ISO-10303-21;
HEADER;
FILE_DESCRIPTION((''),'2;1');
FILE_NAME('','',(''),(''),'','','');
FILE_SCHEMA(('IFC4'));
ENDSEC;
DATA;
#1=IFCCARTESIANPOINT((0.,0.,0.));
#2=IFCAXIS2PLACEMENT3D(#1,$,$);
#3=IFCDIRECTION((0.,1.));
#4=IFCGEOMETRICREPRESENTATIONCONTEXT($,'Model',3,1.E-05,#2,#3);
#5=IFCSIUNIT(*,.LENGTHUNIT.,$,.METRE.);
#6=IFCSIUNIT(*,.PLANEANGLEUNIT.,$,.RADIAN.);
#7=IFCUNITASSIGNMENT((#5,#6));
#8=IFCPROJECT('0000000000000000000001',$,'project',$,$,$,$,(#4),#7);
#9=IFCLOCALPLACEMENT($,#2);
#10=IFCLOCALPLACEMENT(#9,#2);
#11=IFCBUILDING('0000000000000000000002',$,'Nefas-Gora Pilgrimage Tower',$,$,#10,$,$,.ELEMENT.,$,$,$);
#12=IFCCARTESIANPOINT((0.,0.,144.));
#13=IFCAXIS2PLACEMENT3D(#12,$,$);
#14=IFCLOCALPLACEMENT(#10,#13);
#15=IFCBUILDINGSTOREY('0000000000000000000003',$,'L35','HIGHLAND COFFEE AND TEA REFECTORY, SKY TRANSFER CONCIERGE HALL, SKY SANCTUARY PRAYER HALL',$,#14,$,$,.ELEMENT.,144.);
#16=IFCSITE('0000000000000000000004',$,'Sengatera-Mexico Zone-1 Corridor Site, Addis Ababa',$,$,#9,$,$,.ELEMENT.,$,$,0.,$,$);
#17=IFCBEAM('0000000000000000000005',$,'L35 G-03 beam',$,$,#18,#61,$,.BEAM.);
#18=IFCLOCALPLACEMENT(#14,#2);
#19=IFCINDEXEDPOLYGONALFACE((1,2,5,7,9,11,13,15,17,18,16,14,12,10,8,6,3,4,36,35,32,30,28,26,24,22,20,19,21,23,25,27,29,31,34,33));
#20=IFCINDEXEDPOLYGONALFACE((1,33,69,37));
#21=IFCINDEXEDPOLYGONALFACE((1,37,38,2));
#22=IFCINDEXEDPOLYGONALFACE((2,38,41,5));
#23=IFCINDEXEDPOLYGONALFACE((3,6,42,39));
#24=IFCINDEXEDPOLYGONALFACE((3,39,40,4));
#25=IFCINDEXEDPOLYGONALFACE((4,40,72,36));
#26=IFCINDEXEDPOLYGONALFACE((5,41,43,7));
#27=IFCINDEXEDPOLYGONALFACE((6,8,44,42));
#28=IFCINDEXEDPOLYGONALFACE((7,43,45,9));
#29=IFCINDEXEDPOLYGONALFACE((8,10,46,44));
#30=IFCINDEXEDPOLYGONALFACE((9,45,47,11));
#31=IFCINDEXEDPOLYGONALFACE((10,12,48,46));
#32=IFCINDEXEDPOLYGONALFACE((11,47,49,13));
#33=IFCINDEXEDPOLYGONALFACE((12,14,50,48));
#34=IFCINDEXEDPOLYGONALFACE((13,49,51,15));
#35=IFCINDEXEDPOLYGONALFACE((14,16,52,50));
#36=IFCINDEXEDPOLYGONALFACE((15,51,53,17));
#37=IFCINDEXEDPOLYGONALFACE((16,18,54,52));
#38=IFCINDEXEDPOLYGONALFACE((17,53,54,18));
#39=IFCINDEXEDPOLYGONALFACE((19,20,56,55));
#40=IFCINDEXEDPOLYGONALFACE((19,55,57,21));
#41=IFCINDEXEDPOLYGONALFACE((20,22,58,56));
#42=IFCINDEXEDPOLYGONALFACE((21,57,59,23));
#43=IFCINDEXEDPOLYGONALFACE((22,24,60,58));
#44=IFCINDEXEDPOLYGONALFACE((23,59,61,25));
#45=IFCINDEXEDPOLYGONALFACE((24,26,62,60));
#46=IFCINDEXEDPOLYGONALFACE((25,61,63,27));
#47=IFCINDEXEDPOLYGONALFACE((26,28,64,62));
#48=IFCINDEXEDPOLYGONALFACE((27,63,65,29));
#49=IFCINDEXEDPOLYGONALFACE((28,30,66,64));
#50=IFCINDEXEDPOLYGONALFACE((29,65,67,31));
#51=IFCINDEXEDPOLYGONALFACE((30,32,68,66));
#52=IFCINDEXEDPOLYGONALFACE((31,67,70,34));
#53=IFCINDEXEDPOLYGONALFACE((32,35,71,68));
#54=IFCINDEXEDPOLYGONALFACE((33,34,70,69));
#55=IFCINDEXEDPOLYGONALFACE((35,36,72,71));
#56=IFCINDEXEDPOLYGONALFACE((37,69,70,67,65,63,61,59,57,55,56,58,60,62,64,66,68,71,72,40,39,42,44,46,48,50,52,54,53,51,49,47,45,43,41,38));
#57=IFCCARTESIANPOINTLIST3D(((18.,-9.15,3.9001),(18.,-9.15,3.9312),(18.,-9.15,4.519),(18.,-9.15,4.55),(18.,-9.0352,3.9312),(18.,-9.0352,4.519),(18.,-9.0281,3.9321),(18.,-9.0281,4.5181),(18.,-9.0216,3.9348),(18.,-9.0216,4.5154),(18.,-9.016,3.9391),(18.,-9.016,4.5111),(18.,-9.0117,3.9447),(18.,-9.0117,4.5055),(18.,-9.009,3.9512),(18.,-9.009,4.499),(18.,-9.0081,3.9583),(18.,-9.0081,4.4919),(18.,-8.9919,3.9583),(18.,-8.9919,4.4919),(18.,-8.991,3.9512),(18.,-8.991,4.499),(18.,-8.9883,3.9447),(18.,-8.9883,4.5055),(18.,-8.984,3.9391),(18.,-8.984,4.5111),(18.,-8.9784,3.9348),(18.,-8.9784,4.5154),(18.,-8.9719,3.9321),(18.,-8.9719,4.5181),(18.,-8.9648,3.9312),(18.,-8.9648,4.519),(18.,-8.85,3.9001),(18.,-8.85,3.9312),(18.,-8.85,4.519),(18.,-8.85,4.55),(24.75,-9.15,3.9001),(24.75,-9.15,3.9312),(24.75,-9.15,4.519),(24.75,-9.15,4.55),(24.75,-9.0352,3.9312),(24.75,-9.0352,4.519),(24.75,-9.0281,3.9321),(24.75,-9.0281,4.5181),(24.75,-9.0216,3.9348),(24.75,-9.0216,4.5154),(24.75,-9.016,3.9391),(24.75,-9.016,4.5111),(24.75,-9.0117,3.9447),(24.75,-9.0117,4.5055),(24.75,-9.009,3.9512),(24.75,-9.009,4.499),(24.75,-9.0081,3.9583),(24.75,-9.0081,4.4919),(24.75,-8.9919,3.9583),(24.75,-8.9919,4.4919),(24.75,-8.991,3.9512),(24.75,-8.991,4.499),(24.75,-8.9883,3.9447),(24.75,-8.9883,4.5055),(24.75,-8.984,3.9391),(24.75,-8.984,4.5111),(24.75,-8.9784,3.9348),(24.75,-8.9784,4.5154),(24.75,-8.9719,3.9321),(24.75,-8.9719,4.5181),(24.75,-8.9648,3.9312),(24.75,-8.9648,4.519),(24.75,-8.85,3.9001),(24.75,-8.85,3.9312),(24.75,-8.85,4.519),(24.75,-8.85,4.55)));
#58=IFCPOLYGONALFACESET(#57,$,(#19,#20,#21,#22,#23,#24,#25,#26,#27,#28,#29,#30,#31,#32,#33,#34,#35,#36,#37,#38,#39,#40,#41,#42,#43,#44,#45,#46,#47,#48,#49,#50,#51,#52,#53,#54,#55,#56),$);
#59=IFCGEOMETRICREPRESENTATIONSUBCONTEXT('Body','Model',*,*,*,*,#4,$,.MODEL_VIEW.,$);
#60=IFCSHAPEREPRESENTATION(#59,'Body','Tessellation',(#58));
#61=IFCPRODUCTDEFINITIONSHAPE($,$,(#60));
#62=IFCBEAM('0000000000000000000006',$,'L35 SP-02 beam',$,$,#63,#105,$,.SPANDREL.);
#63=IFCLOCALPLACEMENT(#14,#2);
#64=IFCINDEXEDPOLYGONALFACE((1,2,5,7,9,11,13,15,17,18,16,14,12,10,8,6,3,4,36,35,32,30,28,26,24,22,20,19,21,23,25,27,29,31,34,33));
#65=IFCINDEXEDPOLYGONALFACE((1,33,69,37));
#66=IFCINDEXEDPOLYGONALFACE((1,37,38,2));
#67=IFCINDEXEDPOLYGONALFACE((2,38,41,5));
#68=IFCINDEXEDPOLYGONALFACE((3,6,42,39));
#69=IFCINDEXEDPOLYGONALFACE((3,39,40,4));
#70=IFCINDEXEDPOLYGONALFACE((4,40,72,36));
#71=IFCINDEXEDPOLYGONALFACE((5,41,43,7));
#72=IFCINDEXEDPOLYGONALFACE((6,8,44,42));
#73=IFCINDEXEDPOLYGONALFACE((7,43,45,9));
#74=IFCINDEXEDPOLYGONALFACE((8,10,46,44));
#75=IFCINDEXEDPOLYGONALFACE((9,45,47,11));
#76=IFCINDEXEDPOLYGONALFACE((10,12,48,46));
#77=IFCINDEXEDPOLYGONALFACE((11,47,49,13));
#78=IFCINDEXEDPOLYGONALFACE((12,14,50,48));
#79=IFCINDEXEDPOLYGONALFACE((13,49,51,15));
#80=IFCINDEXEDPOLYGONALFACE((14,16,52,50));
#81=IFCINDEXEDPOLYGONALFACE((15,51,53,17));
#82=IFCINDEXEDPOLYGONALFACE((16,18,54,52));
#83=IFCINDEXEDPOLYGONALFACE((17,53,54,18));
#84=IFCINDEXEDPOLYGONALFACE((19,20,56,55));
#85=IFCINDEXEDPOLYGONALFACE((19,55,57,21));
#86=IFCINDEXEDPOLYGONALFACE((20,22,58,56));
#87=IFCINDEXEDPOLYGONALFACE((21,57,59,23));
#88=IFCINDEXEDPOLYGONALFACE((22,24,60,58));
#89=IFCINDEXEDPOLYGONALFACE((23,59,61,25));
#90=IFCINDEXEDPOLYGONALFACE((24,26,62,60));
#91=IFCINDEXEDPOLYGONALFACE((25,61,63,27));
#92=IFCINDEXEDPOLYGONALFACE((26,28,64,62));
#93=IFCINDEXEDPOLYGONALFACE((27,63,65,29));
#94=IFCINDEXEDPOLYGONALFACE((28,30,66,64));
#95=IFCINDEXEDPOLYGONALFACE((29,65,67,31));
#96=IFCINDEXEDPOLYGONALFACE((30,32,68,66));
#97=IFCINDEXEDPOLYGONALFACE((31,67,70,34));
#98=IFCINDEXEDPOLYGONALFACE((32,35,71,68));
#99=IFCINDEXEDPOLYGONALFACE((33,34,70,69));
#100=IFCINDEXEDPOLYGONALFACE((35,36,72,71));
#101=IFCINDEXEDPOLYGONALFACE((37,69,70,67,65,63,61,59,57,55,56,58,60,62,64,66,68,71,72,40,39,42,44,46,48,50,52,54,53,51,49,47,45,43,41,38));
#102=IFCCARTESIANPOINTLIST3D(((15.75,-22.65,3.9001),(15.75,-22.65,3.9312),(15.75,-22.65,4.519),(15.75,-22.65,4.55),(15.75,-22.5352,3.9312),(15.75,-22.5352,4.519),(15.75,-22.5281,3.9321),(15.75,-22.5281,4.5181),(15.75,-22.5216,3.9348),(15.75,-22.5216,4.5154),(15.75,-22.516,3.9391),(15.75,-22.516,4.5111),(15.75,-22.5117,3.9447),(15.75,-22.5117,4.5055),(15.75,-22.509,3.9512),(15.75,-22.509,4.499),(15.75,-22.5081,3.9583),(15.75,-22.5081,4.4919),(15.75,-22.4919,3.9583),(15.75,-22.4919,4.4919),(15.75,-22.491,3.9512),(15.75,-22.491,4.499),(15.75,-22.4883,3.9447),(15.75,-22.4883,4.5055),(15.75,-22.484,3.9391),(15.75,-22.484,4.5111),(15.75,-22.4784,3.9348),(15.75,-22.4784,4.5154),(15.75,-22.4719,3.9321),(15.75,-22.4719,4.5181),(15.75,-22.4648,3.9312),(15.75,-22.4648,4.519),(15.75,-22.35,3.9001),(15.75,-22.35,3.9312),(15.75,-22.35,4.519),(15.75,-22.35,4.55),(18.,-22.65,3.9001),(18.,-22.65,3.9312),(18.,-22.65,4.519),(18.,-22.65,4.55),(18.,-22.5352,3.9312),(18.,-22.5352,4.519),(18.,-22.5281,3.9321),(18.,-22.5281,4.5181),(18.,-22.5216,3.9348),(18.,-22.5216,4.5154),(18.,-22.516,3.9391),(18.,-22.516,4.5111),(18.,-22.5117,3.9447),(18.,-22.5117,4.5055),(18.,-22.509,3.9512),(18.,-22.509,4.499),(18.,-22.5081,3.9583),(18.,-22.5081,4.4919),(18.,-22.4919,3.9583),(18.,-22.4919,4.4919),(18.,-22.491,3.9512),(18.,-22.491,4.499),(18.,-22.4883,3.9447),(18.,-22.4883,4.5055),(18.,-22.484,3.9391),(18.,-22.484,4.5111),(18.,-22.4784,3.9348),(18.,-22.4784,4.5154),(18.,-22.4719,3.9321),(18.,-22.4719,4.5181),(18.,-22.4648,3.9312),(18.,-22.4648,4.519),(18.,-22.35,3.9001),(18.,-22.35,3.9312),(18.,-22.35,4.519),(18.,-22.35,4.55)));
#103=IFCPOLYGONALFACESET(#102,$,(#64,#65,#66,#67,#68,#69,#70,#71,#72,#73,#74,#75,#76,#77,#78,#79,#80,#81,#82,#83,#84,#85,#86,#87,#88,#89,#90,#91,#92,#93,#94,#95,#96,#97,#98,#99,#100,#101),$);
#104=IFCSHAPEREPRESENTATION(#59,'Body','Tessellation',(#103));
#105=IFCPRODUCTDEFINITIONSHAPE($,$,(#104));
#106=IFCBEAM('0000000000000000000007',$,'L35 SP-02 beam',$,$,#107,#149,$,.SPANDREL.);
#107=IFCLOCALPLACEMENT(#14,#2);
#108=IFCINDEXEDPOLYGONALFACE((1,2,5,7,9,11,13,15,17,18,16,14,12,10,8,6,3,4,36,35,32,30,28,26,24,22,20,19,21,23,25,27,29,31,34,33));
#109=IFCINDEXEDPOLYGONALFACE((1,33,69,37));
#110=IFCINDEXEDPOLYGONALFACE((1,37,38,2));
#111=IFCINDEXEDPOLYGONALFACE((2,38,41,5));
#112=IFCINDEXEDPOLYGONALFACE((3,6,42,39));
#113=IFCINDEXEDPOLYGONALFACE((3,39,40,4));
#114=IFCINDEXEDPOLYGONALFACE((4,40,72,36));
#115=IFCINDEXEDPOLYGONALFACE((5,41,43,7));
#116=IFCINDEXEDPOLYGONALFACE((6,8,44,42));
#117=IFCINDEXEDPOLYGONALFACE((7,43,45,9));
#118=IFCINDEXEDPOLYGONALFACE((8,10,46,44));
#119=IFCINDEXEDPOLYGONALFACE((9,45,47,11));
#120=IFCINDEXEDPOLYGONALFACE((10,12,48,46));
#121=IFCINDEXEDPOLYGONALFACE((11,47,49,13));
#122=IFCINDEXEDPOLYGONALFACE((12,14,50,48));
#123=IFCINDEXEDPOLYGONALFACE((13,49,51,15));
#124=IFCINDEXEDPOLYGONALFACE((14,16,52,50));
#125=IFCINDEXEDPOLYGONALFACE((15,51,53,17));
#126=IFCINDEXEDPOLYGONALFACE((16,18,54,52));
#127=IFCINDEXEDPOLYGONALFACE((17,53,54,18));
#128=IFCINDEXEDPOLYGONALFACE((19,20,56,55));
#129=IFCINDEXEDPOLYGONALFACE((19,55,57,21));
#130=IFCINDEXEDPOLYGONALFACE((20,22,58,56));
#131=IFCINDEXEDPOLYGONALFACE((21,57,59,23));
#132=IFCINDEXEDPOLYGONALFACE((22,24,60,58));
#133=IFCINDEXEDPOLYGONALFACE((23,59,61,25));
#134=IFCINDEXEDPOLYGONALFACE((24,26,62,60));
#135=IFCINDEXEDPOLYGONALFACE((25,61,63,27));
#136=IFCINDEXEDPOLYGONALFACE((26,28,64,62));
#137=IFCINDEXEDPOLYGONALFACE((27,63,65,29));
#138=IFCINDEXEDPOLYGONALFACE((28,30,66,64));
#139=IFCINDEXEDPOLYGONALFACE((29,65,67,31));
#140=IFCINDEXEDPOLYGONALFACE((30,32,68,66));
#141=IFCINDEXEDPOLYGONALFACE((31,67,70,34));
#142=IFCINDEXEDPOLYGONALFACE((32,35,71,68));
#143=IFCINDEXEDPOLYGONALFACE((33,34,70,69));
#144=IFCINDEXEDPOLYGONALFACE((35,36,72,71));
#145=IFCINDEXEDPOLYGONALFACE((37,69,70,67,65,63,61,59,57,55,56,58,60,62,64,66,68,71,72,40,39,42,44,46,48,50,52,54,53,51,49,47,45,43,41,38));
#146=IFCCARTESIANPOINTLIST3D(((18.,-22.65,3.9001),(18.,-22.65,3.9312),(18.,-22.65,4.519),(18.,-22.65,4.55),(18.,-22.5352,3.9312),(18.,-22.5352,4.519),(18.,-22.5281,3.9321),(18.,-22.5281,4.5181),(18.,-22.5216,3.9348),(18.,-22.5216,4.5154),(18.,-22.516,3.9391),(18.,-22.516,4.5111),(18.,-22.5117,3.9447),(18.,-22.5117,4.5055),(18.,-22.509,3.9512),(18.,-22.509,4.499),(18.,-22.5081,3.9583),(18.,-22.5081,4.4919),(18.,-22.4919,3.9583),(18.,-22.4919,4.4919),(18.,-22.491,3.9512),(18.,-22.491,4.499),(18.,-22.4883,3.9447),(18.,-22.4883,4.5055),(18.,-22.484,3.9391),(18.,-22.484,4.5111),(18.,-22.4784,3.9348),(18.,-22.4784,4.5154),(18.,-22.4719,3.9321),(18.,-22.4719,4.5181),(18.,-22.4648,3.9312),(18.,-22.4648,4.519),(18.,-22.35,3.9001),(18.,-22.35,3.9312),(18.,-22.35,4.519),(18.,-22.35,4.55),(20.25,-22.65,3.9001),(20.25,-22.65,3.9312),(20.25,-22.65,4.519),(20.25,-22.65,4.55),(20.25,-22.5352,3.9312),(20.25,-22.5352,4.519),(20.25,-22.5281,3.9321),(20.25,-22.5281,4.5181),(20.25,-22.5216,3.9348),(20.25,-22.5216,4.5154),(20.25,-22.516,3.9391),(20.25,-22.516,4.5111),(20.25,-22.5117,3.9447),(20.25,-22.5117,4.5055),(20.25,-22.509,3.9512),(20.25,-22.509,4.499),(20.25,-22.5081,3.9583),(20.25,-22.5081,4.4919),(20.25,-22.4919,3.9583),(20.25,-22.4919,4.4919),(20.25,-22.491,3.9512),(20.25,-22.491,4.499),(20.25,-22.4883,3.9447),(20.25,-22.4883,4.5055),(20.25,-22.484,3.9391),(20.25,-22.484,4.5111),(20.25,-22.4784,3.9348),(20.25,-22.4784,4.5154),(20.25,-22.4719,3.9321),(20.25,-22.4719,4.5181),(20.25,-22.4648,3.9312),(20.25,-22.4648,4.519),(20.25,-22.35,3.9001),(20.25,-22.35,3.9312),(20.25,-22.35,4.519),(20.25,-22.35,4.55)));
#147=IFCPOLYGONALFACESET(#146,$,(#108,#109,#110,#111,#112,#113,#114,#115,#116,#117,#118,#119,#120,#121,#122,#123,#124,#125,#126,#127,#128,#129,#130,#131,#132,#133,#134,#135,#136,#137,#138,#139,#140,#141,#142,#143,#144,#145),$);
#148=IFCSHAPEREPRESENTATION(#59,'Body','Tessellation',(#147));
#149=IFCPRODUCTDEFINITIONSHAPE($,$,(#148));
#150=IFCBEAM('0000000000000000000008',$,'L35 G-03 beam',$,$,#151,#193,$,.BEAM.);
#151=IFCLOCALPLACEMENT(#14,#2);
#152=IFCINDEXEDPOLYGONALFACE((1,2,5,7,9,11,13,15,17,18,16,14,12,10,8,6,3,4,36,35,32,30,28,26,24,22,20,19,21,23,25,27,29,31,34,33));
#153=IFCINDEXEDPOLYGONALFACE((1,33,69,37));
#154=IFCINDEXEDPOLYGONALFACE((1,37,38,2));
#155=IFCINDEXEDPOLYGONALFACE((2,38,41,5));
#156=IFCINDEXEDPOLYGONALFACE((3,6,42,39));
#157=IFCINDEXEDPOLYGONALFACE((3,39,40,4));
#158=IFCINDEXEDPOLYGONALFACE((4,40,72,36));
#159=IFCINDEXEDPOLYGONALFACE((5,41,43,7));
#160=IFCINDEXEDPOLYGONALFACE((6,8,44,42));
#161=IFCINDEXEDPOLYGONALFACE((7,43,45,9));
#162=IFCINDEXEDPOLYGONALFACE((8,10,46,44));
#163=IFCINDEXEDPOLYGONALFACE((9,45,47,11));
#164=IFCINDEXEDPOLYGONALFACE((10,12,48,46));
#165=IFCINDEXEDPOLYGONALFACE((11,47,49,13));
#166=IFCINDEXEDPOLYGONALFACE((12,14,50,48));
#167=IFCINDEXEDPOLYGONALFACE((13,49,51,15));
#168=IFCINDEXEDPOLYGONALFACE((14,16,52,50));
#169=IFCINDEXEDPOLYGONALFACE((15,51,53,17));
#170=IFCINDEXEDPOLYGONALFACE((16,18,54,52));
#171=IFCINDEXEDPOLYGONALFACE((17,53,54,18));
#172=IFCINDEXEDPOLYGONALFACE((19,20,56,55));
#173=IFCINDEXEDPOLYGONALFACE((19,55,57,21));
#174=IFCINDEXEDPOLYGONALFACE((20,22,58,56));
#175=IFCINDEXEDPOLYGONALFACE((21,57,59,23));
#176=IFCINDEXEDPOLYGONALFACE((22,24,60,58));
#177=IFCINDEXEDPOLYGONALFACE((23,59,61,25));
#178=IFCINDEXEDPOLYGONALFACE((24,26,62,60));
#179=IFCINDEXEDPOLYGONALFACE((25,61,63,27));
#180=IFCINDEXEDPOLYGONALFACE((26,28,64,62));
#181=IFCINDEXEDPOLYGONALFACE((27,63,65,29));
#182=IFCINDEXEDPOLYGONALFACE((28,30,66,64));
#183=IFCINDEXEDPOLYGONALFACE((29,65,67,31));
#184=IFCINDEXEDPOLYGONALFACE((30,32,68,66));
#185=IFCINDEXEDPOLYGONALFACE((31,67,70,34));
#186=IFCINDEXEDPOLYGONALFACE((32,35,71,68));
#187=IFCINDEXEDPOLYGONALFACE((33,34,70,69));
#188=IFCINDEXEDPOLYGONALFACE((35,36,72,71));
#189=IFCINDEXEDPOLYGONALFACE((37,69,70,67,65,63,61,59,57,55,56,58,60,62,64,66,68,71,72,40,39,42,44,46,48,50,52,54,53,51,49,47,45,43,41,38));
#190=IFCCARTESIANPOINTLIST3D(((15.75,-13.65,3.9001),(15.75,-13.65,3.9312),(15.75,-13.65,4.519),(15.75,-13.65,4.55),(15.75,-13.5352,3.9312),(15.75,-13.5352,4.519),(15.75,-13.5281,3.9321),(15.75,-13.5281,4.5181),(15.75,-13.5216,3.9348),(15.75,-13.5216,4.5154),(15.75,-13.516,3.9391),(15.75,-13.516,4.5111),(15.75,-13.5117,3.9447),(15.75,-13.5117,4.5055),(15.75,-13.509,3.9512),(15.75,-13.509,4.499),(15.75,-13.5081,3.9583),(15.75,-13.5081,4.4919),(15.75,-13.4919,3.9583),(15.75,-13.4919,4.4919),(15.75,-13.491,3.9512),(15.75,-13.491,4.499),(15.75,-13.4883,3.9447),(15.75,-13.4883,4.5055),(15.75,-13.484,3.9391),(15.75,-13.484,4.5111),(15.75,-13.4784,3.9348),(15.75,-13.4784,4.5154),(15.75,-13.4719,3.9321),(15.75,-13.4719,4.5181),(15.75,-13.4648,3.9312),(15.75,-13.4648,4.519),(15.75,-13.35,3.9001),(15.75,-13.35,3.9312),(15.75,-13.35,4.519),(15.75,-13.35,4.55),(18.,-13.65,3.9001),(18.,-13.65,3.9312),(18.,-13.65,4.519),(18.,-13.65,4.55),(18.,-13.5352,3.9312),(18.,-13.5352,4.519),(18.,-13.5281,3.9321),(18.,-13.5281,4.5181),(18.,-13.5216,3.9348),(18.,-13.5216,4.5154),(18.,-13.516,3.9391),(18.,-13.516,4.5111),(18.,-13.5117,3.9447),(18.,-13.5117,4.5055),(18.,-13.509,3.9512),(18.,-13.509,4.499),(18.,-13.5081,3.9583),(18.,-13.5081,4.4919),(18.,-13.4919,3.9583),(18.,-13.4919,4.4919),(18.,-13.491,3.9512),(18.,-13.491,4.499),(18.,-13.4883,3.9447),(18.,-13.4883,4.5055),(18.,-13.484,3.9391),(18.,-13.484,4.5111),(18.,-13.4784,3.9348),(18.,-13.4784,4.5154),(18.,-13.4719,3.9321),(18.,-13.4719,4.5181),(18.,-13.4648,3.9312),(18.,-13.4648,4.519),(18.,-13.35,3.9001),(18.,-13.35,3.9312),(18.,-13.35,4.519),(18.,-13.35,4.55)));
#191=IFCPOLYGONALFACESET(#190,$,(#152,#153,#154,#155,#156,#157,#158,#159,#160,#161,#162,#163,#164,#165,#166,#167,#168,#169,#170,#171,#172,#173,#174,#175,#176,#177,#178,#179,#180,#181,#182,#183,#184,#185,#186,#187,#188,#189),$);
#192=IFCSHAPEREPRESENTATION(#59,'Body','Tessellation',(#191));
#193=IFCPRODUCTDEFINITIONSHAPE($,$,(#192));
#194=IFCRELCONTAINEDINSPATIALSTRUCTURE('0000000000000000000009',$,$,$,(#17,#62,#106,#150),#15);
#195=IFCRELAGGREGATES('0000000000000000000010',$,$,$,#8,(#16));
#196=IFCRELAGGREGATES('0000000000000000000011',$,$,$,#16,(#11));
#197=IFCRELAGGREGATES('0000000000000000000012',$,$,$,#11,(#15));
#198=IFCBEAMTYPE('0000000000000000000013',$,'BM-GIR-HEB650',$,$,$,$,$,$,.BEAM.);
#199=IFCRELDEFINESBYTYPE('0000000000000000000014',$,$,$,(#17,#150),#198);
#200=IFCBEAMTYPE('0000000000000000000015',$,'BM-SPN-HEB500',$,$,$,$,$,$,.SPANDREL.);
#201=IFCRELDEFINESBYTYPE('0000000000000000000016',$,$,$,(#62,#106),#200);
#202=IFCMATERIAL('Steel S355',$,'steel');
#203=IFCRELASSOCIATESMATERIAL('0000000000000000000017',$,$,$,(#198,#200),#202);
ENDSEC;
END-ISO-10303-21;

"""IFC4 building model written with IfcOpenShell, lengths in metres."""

from ifc_helpers import new_model, si_unit, direction, frame, origin, origin_2d, place, context, subcontext, project, spatial, i_section, extrude, source, transform, mapped, material, material_profile, profile_set, type_object, element, save


model = new_model("IFC4")

# Units and contexts
model_context = context("Model", 3, precision=1e-05, world=origin(), true_north=direction((0.0, 1.0)))
body_context = subcontext(model_context, "Body", "Model", "MODEL_VIEW")
ifc_project = project(units=[si_unit("LENGTHUNIT", "METRE"), si_unit("PLANEANGLEUNIT", "RADIAN")], contexts=[model_context])

# Site, building, storey
site_placement = place(None, origin())
site = spatial("IfcSite", under=ifc_project, at=site_placement, Name="Sengatera-Mexico Zone-1 Corridor Site, Addis Ababa", CompositionType="ELEMENT", RefElevation=0.0)
building_placement = place(site_placement, origin())
building = spatial("IfcBuilding", under=site, at=building_placement, Name="Nefas-Gora Pilgrimage Tower", CompositionType="ELEMENT")
storey_placement = place(building_placement, frame((0.0, 0.0, 144.0)))
storey = spatial("IfcBuildingStorey", under=building, at=storey_placement, Name="L35", Description="HIGHLAND COFFEE AND TEA REFECTORY, SKY TRANSFER CONCIERGE HALL, SKY SANCTUARY PRAYER HALL", CompositionType="ELEMENT", Elevation=144.0)

# Beams
ifc_material_1 = material(Name="Steel S355", Category="steel")
ifc_material_profile_1 = material_profile(ifc_material_1, i_section(OverallWidth=0.3, OverallDepth=0.6499, WebThickness=0.0161, FlangeThickness=0.031, FilletRadius=0.0271, at=origin_2d()), Name="HEB 650")
ifc_profile_set_1 = profile_set([ifc_material_profile_1], Name="Steel S355")
beam_type_1 = type_object("IfcBeamType", Name="BM-GIR-HEB650", PredefinedType="BEAM", material=ifc_profile_set_1)
shared_shape_1 = source(origin(), body_context, "Body", "SweptSolid", [
    extrude(i_section(OverallWidth=0.3, OverallDepth=0.6499, WebThickness=0.0161, FlangeThickness=0.031, FilletRadius=0.0271, at=origin_2d()), origin(), (0.0, 0.0, 1.0), 6.75),
])
for number, where, z_axis, x_axis, name in (
    (1, (18.0, -9.0, 4.2251), (1.0, 0.0, 0.0), (0.0, 1.0, 0.0), "L35 G-03 beam"),
):
    element("IfcBeam", number, at=place(storey_placement, frame(where, z_axis=z_axis, x_axis=x_axis)), inside=storey, type_object=beam_type_1, Name=name, PredefinedType="BEAM", context=body_context, shape_type="MappedRepresentation", body=[
        mapped(shared_shape_1, transform((0.0, 0.0, 0.0), x_axis=(1.0, 0.0, 0.0), y_axis=(0.0, 1.0, 0.0), z_axis=(0.0, 0.0, 1.0), scale=1.0)),
    ])
ifc_material_profile_2 = material_profile(ifc_material_1, i_section(OverallWidth=0.3, OverallDepth=0.6499, WebThickness=0.0161, FlangeThickness=0.031, FilletRadius=0.0271, at=origin_2d()), Name="HEB 650")
ifc_profile_set_2 = profile_set([ifc_material_profile_2], Name="Steel S355")
beam_type_2 = type_object("IfcBeamType", Name="BM-SPN-HEB500", PredefinedType="SPANDREL", material=ifc_profile_set_2)
shared_shape_2 = source(origin(), body_context, "Body", "SweptSolid", [
    extrude(i_section(OverallWidth=0.3, OverallDepth=0.6499, WebThickness=0.0161, FlangeThickness=0.031, FilletRadius=0.0271, at=origin_2d()), origin(), (0.0, 0.0, 1.0), 2.25),
])
for number, where, z_axis, x_axis, name in (
    (2, (15.75, -22.5, 4.2251), (1.0, 0.0, 0.0), (0.0, 1.0, 0.0), "L35 SP-02 beam"),
    (3, (18.0, -22.5, 4.2251), (1.0, 0.0, 0.0), (0.0, 1.0, 0.0), "L35 SP-02 beam"),
):
    element("IfcBeam", number, at=place(storey_placement, frame(where, z_axis=z_axis, x_axis=x_axis)), inside=storey, type_object=beam_type_2, Name=name, PredefinedType="SPANDREL", context=body_context, shape_type="MappedRepresentation", body=[
        mapped(shared_shape_2, transform((0.0, 0.0, 0.0), x_axis=(1.0, 0.0, 0.0), y_axis=(0.0, 1.0, 0.0), z_axis=(0.0, 0.0, 1.0), scale=1.0)),
    ])
shared_shape_3 = source(origin(), body_context, "Body", "SweptSolid", [
    extrude(i_section(OverallWidth=0.3, OverallDepth=0.6499, WebThickness=0.0161, FlangeThickness=0.031, FilletRadius=0.0271, at=origin_2d()), origin(), (0.0, 0.0, 1.0), 2.25),
])
for number, where, z_axis, x_axis, name in (
    (4, (15.75, -13.5, 4.2251), (1.0, 0.0, 0.0), (0.0, 1.0, 0.0), "L35 G-03 beam"),
):
    element("IfcBeam", number, at=place(storey_placement, frame(where, z_axis=z_axis, x_axis=x_axis)), inside=storey, type_object=beam_type_1, Name=name, PredefinedType="BEAM", context=body_context, shape_type="MappedRepresentation", body=[
        mapped(shared_shape_3, transform((0.0, 0.0, 0.0), x_axis=(1.0, 0.0, 0.0), y_axis=(0.0, 1.0, 0.0), z_axis=(0.0, 0.0, 1.0), scale=1.0)),
    ])

save(model, "model.ifc")
